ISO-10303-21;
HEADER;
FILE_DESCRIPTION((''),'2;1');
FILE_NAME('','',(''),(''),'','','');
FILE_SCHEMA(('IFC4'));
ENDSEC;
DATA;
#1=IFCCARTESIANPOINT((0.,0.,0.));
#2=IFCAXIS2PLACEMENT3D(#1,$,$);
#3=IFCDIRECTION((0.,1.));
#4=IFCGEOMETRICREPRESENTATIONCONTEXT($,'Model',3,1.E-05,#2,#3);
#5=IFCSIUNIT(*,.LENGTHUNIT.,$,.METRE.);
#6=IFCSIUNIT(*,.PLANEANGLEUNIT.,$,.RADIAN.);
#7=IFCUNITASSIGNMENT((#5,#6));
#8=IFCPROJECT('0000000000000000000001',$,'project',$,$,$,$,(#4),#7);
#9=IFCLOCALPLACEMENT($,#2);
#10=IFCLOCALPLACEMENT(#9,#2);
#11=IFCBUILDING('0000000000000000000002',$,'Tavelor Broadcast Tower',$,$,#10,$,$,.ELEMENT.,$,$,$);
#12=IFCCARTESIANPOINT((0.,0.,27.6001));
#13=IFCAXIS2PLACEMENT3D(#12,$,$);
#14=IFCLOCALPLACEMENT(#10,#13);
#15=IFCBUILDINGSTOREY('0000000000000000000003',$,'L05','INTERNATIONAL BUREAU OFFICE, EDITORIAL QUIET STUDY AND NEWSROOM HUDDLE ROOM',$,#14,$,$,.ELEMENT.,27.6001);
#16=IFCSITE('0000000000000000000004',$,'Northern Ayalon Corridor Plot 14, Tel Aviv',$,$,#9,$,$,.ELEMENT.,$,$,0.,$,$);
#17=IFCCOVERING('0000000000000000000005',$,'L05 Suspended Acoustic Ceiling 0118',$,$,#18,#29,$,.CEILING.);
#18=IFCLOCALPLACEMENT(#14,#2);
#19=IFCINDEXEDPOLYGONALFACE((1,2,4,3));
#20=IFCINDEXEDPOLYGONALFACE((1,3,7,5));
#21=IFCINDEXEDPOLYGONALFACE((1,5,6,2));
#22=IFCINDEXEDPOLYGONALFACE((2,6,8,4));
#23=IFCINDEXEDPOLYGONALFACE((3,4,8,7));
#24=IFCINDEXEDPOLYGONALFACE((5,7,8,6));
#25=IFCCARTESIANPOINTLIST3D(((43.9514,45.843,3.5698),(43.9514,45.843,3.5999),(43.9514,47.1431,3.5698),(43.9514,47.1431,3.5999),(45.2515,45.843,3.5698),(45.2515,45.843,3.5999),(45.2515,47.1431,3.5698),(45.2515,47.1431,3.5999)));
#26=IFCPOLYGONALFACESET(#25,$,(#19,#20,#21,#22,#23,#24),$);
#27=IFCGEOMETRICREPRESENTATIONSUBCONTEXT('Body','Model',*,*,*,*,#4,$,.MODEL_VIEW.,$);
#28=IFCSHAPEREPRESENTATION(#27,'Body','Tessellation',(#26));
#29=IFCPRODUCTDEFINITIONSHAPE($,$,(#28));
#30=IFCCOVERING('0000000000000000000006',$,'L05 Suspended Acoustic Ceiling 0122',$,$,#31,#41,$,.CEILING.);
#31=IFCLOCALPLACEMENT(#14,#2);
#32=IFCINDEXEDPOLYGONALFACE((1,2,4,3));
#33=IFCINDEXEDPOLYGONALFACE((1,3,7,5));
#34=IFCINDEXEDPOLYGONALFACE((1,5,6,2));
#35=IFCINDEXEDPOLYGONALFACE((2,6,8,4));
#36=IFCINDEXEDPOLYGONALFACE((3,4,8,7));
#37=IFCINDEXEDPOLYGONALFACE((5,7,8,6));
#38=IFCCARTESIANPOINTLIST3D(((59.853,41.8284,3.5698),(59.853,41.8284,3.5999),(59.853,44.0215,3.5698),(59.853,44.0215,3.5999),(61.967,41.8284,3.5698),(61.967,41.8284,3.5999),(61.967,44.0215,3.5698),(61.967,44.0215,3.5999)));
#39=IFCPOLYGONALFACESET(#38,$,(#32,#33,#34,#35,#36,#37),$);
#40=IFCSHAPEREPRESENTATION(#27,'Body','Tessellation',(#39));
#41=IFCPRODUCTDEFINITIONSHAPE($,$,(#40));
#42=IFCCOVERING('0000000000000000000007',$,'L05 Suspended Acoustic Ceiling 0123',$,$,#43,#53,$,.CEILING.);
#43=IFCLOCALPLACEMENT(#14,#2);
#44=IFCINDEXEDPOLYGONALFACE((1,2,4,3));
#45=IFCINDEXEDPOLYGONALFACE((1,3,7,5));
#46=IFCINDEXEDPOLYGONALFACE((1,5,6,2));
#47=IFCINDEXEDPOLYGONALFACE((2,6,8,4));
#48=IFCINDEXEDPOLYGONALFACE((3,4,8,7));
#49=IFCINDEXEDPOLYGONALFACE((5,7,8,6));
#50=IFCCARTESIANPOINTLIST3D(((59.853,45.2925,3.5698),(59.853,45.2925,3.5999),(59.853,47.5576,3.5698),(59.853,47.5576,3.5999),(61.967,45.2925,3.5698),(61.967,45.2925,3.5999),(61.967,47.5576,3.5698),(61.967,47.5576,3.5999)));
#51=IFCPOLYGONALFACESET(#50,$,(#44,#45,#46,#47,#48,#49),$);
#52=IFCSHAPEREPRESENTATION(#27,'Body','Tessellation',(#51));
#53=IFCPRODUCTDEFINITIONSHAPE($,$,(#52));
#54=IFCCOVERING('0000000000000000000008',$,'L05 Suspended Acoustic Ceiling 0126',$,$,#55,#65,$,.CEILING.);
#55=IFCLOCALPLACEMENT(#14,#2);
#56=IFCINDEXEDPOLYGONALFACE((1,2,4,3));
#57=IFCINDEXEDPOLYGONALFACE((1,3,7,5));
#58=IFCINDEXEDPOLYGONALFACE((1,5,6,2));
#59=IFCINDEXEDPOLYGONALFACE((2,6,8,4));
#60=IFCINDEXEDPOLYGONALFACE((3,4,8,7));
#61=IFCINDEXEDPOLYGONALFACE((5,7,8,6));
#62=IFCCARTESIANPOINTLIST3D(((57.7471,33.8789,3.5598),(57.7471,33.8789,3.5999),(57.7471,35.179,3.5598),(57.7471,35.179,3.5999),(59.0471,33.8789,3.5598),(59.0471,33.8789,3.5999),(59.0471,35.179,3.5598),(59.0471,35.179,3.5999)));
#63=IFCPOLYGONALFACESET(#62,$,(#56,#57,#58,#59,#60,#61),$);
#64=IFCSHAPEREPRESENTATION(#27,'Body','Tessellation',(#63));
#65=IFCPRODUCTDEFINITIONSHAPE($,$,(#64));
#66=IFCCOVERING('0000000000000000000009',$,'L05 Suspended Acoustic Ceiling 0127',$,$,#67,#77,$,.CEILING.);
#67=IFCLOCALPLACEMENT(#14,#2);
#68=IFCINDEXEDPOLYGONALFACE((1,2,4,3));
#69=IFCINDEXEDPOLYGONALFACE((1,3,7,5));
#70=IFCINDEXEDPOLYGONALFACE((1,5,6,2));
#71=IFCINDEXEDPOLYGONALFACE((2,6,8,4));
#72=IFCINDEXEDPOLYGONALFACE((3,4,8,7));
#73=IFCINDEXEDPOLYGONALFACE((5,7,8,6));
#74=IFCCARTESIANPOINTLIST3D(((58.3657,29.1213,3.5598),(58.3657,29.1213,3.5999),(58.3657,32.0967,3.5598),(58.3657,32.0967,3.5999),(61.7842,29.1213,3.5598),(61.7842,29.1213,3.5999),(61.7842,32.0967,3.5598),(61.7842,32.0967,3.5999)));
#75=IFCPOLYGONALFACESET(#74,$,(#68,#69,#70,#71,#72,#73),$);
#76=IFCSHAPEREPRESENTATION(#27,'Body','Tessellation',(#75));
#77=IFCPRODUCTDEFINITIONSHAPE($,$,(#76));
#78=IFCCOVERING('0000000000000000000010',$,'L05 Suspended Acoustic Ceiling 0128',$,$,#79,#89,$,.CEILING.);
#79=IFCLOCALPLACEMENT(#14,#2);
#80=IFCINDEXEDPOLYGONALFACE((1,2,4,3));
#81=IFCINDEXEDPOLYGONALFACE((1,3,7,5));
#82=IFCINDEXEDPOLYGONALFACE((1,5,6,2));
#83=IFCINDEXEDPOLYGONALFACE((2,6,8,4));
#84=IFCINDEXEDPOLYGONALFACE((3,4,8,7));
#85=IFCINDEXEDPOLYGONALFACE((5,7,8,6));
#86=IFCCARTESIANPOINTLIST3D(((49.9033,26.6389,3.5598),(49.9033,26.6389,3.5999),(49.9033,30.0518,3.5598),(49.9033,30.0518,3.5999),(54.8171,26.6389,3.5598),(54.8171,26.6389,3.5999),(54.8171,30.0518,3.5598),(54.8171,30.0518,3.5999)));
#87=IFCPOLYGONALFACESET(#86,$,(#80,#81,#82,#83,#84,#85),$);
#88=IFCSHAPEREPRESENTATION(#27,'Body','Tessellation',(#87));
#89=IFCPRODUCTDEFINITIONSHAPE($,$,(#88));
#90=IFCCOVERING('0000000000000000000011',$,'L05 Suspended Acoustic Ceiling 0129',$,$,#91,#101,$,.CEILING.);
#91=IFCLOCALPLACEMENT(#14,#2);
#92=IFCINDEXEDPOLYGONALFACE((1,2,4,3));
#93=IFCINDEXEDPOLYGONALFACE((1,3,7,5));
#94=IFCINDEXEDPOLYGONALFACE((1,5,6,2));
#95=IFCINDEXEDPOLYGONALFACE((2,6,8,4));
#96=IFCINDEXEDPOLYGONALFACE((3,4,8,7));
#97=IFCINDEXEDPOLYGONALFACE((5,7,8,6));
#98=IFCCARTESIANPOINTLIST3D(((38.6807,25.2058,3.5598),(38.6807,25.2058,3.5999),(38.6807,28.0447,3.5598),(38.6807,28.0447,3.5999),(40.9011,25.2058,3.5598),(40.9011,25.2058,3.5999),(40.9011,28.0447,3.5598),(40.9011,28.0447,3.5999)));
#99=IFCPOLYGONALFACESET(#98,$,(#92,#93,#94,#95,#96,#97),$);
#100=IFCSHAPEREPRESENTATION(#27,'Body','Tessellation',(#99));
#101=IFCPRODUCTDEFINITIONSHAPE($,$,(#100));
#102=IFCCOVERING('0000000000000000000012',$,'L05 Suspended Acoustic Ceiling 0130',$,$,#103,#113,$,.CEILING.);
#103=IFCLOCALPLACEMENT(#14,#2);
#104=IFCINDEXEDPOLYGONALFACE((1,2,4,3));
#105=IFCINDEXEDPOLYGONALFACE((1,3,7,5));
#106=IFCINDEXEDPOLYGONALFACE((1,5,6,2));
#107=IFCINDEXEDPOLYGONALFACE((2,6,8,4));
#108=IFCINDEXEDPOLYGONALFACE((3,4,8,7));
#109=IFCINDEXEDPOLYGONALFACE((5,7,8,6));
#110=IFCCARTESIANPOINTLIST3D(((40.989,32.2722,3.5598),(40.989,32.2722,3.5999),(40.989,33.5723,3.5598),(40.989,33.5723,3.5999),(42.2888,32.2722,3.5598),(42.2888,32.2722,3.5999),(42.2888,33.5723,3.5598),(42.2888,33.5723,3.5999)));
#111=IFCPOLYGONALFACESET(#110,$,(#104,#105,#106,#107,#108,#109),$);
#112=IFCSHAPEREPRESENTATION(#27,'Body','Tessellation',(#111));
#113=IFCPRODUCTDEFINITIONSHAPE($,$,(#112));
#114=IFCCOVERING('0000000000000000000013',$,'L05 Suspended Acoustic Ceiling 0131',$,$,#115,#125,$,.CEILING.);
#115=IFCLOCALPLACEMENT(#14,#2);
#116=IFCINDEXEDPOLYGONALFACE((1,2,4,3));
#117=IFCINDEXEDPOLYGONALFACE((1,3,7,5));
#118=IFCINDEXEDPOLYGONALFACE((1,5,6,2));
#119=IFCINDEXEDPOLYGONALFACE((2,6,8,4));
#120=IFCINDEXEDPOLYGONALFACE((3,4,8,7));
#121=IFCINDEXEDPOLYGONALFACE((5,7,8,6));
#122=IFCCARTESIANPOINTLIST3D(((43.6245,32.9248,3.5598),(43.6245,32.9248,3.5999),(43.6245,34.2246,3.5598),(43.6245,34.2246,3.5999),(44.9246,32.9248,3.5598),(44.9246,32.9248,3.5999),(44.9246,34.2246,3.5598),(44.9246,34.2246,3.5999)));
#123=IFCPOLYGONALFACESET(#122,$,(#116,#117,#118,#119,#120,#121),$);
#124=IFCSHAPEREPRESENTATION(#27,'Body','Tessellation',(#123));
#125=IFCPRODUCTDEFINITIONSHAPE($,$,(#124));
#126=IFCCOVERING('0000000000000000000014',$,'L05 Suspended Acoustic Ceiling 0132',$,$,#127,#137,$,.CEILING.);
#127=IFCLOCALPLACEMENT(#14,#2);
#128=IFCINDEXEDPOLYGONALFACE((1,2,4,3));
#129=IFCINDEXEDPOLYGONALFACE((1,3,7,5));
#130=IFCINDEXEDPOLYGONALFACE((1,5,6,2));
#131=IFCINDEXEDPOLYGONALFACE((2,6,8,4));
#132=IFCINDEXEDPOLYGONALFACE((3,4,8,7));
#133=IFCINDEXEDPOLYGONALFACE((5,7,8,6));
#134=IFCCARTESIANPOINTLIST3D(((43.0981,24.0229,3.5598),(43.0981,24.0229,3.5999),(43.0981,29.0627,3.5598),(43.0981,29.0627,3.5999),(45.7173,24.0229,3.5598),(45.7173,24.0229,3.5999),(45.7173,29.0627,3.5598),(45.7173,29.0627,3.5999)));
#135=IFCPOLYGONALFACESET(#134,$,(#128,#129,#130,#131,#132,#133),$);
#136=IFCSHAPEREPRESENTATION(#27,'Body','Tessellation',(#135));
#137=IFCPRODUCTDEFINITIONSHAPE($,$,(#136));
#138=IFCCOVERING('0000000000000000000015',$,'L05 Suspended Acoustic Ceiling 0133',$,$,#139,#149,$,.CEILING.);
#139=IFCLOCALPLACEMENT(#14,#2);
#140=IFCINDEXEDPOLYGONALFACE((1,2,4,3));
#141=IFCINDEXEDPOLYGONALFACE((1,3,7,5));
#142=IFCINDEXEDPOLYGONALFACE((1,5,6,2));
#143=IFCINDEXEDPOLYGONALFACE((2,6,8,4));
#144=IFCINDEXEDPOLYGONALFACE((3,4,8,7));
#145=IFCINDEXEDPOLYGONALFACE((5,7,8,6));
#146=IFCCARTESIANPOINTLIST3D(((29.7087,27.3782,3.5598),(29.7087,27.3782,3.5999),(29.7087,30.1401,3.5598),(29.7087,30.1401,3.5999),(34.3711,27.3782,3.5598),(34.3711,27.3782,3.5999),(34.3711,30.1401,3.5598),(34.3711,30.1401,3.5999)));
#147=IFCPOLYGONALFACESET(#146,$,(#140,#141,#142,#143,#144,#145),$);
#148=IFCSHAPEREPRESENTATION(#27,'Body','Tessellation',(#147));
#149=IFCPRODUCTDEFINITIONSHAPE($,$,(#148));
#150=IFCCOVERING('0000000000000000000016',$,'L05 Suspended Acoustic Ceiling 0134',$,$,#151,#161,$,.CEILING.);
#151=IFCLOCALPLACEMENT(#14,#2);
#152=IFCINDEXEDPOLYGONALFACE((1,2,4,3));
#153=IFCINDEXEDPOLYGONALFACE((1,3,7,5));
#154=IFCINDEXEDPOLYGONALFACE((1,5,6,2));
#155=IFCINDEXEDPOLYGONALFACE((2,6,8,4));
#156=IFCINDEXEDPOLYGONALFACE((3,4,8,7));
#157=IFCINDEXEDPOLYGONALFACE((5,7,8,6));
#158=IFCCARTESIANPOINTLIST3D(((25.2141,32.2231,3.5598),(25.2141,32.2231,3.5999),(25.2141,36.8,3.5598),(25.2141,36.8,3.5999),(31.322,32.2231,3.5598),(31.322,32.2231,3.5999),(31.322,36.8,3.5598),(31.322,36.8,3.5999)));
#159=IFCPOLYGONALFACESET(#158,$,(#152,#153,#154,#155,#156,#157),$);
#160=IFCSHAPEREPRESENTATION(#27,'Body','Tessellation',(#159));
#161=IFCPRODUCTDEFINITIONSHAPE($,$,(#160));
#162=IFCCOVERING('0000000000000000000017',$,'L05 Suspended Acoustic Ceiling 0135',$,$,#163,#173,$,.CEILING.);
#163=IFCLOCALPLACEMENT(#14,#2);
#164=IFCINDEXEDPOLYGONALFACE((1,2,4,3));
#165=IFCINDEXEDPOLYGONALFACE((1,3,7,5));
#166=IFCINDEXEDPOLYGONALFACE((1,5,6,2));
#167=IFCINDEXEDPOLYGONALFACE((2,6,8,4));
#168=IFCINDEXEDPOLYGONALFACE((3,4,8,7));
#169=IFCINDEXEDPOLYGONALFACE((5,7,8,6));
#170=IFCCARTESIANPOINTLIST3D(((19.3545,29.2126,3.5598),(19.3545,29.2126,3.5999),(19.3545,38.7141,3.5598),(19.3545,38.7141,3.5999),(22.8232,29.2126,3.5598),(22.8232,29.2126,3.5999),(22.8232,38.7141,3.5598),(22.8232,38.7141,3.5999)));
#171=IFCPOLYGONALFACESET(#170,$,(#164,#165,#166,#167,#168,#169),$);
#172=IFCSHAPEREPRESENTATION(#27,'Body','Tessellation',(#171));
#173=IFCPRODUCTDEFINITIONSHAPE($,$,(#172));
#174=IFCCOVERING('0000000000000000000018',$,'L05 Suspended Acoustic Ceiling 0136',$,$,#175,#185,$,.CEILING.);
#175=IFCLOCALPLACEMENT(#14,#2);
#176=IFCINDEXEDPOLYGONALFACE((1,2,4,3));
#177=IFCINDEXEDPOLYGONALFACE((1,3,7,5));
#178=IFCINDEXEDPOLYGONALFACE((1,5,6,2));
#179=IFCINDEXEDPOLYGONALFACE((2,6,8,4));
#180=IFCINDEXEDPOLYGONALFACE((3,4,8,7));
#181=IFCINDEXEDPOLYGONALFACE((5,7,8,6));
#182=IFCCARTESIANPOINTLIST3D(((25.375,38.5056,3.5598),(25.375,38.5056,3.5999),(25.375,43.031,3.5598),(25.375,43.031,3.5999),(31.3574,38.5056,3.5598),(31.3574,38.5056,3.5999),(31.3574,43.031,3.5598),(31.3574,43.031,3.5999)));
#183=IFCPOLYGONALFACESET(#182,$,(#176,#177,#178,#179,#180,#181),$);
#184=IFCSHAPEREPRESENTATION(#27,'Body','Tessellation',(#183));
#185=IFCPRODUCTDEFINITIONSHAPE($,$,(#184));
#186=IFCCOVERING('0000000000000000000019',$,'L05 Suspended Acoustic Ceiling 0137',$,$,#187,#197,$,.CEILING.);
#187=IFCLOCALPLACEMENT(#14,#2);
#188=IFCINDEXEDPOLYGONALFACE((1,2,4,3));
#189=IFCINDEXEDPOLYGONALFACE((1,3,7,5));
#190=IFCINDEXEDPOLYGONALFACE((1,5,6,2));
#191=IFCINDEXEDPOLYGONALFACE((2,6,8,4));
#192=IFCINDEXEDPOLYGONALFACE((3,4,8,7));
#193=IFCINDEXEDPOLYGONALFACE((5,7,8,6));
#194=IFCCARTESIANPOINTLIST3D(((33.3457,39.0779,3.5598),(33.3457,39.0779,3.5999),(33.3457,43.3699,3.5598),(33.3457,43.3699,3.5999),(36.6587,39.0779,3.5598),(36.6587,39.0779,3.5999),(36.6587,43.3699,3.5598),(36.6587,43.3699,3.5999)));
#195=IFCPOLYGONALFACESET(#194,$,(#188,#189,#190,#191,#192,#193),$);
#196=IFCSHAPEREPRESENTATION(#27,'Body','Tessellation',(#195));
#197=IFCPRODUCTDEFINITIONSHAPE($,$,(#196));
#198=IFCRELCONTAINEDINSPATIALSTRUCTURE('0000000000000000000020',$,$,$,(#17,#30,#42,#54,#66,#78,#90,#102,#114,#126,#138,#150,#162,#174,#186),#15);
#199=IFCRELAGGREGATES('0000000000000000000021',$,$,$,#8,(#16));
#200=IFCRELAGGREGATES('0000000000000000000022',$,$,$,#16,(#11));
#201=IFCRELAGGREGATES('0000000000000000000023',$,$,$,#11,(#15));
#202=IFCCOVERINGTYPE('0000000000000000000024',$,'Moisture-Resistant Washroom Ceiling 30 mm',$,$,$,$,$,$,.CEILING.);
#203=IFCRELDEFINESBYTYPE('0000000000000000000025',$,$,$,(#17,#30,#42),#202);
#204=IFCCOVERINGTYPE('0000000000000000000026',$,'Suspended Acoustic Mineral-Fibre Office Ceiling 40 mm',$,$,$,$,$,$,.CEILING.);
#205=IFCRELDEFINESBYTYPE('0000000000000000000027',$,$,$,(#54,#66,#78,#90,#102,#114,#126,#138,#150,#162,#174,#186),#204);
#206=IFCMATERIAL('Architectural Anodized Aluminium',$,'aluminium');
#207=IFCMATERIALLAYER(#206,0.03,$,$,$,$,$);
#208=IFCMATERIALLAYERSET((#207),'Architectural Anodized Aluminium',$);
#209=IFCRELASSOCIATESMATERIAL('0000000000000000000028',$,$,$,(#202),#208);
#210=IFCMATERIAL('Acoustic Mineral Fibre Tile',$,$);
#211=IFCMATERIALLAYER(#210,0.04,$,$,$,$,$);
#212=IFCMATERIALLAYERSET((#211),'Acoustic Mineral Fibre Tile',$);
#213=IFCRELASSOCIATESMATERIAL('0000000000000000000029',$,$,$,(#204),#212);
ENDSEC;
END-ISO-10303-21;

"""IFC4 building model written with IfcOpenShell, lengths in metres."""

from ifc_helpers import new_model, si_unit, direction, frame, origin, place, context, subcontext, project, spatial, polyline, outline, extrude, material, layer, layer_set, type_object, element, save


model = new_model("IFC4")

# Units and contexts
model_context = context("Model", 3, precision=1e-05, world=origin(), true_north=direction((0.0, 1.0)))
body_context = subcontext(model_context, "Body", "Model", "MODEL_VIEW")
ifc_project = project(units=[si_unit("LENGTHUNIT", "METRE"), si_unit("PLANEANGLEUNIT", "RADIAN")], contexts=[model_context])

# Site, building, storey
site_placement = place(None, origin())
site = spatial("IfcSite", under=ifc_project, at=site_placement, Name="Northern Ayalon Corridor Plot 14, Tel Aviv", CompositionType="ELEMENT", RefElevation=0.0)
building_placement = place(site_placement, origin())
building = spatial("IfcBuilding", under=site, at=building_placement, Name="Tavelor Broadcast Tower", CompositionType="ELEMENT")
storey_placement = place(building_placement, frame((0.0, 0.0, 27.6001)))
storey = spatial("IfcBuildingStorey", under=building, at=storey_placement, Name="L05", Description="INTERNATIONAL BUREAU OFFICE, EDITORIAL QUIET STUDY AND NEWSROOM HUDDLE ROOM", CompositionType="ELEMENT", Elevation=27.6001)

# Coverings
ifc_material_1 = material(Name="Architectural Anodized Aluminium", Category="aluminium")
ifc_layer_1 = layer(ifc_material_1, 0.03)
ifc_layer_set_1 = layer_set([ifc_layer_1], Name="Architectural Anodized Aluminium")
covering_type_1 = type_object("IfcCoveringType", Name="Moisture-Resistant Washroom Ceiling 30 mm", PredefinedType="CEILING", material=ifc_layer_set_1)
covering_1_placement = place(storey_placement, frame((0.0, 0.0, 3.5698)))
element("IfcCovering", 1, at=covering_1_placement, inside=storey, type_object=covering_type_1, Name="L05 Suspended Acoustic Ceiling 0118", PredefinedType="CEILING", context=body_context, shape_type="SweptSolid", body=[
    extrude(outline(polyline([(43.9514, 45.843), (45.2515, 45.843), (45.2515, 47.1431), (43.9514, 47.1431), (43.9514, 45.843)])), origin(), (0.0, 0.0, 1.0), 0.03),
])
covering_2_placement = place(storey_placement, frame((0.0, 0.0, 3.5698)))
element("IfcCovering", 2, at=covering_2_placement, inside=storey, type_object=covering_type_1, Name="L05 Suspended Acoustic Ceiling 0122", PredefinedType="CEILING", context=body_context, shape_type="SweptSolid", body=[
    extrude(outline(polyline([(59.853, 41.8284), (61.967, 41.8284), (61.967, 44.0215), (59.853, 44.0215), (59.853, 41.8284)])), origin(), (0.0, 0.0, 1.0), 0.03),
])
covering_3_placement = place(storey_placement, frame((0.0, 0.0, 3.5698)))
element("IfcCovering", 3, at=covering_3_placement, inside=storey, type_object=covering_type_1, Name="L05 Suspended Acoustic Ceiling 0123", PredefinedType="CEILING", context=body_context, shape_type="SweptSolid", body=[
    extrude(outline(polyline([(59.853, 45.2925), (61.967, 45.2925), (61.967, 47.5576), (59.853, 47.5576), (59.853, 45.2925)])), origin(), (0.0, 0.0, 1.0), 0.03),
])
ifc_material_2 = material(Name="Acoustic Mineral Fibre Tile")
ifc_layer_2 = layer(ifc_material_2, 0.04)
ifc_layer_set_2 = layer_set([ifc_layer_2], Name="Acoustic Mineral Fibre Tile")
covering_type_2 = type_object("IfcCoveringType", Name="Suspended Acoustic Mineral-Fibre Office Ceiling 40 mm", PredefinedType="CEILING", material=ifc_layer_set_2)
covering_4_placement = place(storey_placement, frame((0.0, 0.0, 3.5598)))
element("IfcCovering", 4, at=covering_4_placement, inside=storey, type_object=covering_type_2, Name="L05 Suspended Acoustic Ceiling 0126", PredefinedType="CEILING", context=body_context, shape_type="SweptSolid", body=[
    extrude(outline(polyline([(57.7471, 33.8789), (59.0471, 33.8789), (59.0471, 35.179), (57.7471, 35.179), (57.7471, 33.8789)])), origin(), (0.0, 0.0, 1.0), 0.04),
])
covering_5_placement = place(storey_placement, frame((0.0, 0.0, 3.5598)))
element("IfcCovering", 5, at=covering_5_placement, inside=storey, type_object=covering_type_2, Name="L05 Suspended Acoustic Ceiling 0127", PredefinedType="CEILING", context=body_context, shape_type="SweptSolid", body=[
    extrude(outline(polyline([(58.3657, 29.1213), (61.7842, 29.1213), (61.7842, 32.0967), (58.3657, 32.0967), (58.3657, 29.1213)])), origin(), (0.0, 0.0, 1.0), 0.04),
])
covering_6_placement = place(storey_placement, frame((0.0, 0.0, 3.5598)))
element("IfcCovering", 6, at=covering_6_placement, inside=storey, type_object=covering_type_2, Name="L05 Suspended Acoustic Ceiling 0128", PredefinedType="CEILING", context=body_context, shape_type="SweptSolid", body=[
    extrude(outline(polyline([(49.9033, 26.6389), (54.8171, 26.6389), (54.8171, 30.0518), (49.9033, 30.0518), (49.9033, 26.6389)])), origin(), (0.0, 0.0, 1.0), 0.04),
])
covering_7_placement = place(storey_placement, frame((0.0, 0.0, 3.5598)))
element("IfcCovering", 7, at=covering_7_placement, inside=storey, type_object=covering_type_2, Name="L05 Suspended Acoustic Ceiling 0129", PredefinedType="CEILING", context=body_context, shape_type="SweptSolid", body=[
    extrude(outline(polyline([(38.6807, 25.2058), (40.9011, 25.2058), (40.9011, 28.0447), (38.6807, 28.0447), (38.6807, 25.2058)])), origin(), (0.0, 0.0, 1.0), 0.04),
])
covering_8_placement = place(storey_placement, frame((0.0, 0.0, 3.5598)))
element("IfcCovering", 8, at=covering_8_placement, inside=storey, type_object=covering_type_2, Name="L05 Suspended Acoustic Ceiling 0130", PredefinedType="CEILING", context=body_context, shape_type="SweptSolid", body=[
    extrude(outline(polyline([(40.989, 32.2722), (42.2888, 32.2722), (42.2888, 33.5723), (40.989, 33.5723), (40.989, 32.2722)])), origin(), (0.0, 0.0, 1.0), 0.04),
])
covering_9_placement = place(storey_placement, frame((0.0, 0.0, 3.5598)))
element("IfcCovering", 9, at=covering_9_placement, inside=storey, type_object=covering_type_2, Name="L05 Suspended Acoustic Ceiling 0131", PredefinedType="CEILING", context=body_context, shape_type="SweptSolid", body=[
    extrude(outline(polyline([(43.6245, 32.9248), (44.9246, 32.9248), (44.9246, 34.2246), (43.6245, 34.2246), (43.6245, 32.9248)])), origin(), (0.0, 0.0, 1.0), 0.04),
])
covering_10_placement = place(storey_placement, frame((0.0, 0.0, 3.5598)))
element("IfcCovering", 10, at=covering_10_placement, inside=storey, type_object=covering_type_2, Name="L05 Suspended Acoustic Ceiling 0132", PredefinedType="CEILING", context=body_context, shape_type="SweptSolid", body=[
    extrude(outline(polyline([(43.0981, 24.0229), (45.7173, 24.0229), (45.7173, 29.0627), (43.0981, 29.0627), (43.0981, 24.0229)])), origin(), (0.0, 0.0, 1.0), 0.04),
])
covering_11_placement = place(storey_placement, frame((0.0, 0.0, 3.5598)))
element("IfcCovering", 11, at=covering_11_placement, inside=storey, type_object=covering_type_2, Name="L05 Suspended Acoustic Ceiling 0133", PredefinedType="CEILING", context=body_context, shape_type="SweptSolid", body=[
    extrude(outline(polyline([(29.7087, 27.3782), (34.3711, 27.3782), (34.3711, 30.1401), (29.7087, 30.1401), (29.7087, 27.3782)])), origin(), (0.0, 0.0, 1.0), 0.04),
])
covering_12_placement = place(storey_placement, frame((0.0, 0.0, 3.5598)))
element("IfcCovering", 12, at=covering_12_placement, inside=storey, type_object=covering_type_2, Name="L05 Suspended Acoustic Ceiling 0134", PredefinedType="CEILING", context=body_context, shape_type="SweptSolid", body=[
    extrude(outline(polyline([(25.2141, 32.2231), (31.322, 32.2231), (31.322, 36.8), (25.2141, 36.8), (25.2141, 32.2231)])), origin(), (0.0, 0.0, 1.0), 0.04),
])
covering_13_placement = place(storey_placement, frame((0.0, 0.0, 3.5598)))
element("IfcCovering", 13, at=covering_13_placement, inside=storey, type_object=covering_type_2, Name="L05 Suspended Acoustic Ceiling 0135", PredefinedType="CEILING", context=body_context, shape_type="SweptSolid", body=[
    extrude(outline(polyline([(19.3545, 29.2126), (22.8232, 29.2126), (22.8232, 38.7141), (19.3545, 38.7141), (19.3545, 29.2126)])), origin(), (0.0, 0.0, 1.0), 0.04),
])
covering_14_placement = place(storey_placement, frame((0.0, 0.0, 3.5598)))
element("IfcCovering", 14, at=covering_14_placement, inside=storey, type_object=covering_type_2, Name="L05 Suspended Acoustic Ceiling 0136", PredefinedType="CEILING", context=body_context, shape_type="SweptSolid", body=[
    extrude(outline(polyline([(25.375, 38.5056), (31.3574, 38.5056), (31.3574, 43.031), (25.375, 43.031), (25.375, 38.5056)])), origin(), (0.0, 0.0, 1.0), 0.04),
])
covering_15_placement = place(storey_placement, frame((0.0, 0.0, 3.5598)))
element("IfcCovering", 15, at=covering_15_placement, inside=storey, type_object=covering_type_2, Name="L05 Suspended Acoustic Ceiling 0137", PredefinedType="CEILING", context=body_context, shape_type="SweptSolid", body=[
    extrude(outline(polyline([(33.3457, 39.0779), (36.6587, 39.0779), (36.6587, 43.3699), (33.3457, 43.3699), (33.3457, 39.0779)])), origin(), (0.0, 0.0, 1.0), 0.04),
])

save(model, "model.ifc")
